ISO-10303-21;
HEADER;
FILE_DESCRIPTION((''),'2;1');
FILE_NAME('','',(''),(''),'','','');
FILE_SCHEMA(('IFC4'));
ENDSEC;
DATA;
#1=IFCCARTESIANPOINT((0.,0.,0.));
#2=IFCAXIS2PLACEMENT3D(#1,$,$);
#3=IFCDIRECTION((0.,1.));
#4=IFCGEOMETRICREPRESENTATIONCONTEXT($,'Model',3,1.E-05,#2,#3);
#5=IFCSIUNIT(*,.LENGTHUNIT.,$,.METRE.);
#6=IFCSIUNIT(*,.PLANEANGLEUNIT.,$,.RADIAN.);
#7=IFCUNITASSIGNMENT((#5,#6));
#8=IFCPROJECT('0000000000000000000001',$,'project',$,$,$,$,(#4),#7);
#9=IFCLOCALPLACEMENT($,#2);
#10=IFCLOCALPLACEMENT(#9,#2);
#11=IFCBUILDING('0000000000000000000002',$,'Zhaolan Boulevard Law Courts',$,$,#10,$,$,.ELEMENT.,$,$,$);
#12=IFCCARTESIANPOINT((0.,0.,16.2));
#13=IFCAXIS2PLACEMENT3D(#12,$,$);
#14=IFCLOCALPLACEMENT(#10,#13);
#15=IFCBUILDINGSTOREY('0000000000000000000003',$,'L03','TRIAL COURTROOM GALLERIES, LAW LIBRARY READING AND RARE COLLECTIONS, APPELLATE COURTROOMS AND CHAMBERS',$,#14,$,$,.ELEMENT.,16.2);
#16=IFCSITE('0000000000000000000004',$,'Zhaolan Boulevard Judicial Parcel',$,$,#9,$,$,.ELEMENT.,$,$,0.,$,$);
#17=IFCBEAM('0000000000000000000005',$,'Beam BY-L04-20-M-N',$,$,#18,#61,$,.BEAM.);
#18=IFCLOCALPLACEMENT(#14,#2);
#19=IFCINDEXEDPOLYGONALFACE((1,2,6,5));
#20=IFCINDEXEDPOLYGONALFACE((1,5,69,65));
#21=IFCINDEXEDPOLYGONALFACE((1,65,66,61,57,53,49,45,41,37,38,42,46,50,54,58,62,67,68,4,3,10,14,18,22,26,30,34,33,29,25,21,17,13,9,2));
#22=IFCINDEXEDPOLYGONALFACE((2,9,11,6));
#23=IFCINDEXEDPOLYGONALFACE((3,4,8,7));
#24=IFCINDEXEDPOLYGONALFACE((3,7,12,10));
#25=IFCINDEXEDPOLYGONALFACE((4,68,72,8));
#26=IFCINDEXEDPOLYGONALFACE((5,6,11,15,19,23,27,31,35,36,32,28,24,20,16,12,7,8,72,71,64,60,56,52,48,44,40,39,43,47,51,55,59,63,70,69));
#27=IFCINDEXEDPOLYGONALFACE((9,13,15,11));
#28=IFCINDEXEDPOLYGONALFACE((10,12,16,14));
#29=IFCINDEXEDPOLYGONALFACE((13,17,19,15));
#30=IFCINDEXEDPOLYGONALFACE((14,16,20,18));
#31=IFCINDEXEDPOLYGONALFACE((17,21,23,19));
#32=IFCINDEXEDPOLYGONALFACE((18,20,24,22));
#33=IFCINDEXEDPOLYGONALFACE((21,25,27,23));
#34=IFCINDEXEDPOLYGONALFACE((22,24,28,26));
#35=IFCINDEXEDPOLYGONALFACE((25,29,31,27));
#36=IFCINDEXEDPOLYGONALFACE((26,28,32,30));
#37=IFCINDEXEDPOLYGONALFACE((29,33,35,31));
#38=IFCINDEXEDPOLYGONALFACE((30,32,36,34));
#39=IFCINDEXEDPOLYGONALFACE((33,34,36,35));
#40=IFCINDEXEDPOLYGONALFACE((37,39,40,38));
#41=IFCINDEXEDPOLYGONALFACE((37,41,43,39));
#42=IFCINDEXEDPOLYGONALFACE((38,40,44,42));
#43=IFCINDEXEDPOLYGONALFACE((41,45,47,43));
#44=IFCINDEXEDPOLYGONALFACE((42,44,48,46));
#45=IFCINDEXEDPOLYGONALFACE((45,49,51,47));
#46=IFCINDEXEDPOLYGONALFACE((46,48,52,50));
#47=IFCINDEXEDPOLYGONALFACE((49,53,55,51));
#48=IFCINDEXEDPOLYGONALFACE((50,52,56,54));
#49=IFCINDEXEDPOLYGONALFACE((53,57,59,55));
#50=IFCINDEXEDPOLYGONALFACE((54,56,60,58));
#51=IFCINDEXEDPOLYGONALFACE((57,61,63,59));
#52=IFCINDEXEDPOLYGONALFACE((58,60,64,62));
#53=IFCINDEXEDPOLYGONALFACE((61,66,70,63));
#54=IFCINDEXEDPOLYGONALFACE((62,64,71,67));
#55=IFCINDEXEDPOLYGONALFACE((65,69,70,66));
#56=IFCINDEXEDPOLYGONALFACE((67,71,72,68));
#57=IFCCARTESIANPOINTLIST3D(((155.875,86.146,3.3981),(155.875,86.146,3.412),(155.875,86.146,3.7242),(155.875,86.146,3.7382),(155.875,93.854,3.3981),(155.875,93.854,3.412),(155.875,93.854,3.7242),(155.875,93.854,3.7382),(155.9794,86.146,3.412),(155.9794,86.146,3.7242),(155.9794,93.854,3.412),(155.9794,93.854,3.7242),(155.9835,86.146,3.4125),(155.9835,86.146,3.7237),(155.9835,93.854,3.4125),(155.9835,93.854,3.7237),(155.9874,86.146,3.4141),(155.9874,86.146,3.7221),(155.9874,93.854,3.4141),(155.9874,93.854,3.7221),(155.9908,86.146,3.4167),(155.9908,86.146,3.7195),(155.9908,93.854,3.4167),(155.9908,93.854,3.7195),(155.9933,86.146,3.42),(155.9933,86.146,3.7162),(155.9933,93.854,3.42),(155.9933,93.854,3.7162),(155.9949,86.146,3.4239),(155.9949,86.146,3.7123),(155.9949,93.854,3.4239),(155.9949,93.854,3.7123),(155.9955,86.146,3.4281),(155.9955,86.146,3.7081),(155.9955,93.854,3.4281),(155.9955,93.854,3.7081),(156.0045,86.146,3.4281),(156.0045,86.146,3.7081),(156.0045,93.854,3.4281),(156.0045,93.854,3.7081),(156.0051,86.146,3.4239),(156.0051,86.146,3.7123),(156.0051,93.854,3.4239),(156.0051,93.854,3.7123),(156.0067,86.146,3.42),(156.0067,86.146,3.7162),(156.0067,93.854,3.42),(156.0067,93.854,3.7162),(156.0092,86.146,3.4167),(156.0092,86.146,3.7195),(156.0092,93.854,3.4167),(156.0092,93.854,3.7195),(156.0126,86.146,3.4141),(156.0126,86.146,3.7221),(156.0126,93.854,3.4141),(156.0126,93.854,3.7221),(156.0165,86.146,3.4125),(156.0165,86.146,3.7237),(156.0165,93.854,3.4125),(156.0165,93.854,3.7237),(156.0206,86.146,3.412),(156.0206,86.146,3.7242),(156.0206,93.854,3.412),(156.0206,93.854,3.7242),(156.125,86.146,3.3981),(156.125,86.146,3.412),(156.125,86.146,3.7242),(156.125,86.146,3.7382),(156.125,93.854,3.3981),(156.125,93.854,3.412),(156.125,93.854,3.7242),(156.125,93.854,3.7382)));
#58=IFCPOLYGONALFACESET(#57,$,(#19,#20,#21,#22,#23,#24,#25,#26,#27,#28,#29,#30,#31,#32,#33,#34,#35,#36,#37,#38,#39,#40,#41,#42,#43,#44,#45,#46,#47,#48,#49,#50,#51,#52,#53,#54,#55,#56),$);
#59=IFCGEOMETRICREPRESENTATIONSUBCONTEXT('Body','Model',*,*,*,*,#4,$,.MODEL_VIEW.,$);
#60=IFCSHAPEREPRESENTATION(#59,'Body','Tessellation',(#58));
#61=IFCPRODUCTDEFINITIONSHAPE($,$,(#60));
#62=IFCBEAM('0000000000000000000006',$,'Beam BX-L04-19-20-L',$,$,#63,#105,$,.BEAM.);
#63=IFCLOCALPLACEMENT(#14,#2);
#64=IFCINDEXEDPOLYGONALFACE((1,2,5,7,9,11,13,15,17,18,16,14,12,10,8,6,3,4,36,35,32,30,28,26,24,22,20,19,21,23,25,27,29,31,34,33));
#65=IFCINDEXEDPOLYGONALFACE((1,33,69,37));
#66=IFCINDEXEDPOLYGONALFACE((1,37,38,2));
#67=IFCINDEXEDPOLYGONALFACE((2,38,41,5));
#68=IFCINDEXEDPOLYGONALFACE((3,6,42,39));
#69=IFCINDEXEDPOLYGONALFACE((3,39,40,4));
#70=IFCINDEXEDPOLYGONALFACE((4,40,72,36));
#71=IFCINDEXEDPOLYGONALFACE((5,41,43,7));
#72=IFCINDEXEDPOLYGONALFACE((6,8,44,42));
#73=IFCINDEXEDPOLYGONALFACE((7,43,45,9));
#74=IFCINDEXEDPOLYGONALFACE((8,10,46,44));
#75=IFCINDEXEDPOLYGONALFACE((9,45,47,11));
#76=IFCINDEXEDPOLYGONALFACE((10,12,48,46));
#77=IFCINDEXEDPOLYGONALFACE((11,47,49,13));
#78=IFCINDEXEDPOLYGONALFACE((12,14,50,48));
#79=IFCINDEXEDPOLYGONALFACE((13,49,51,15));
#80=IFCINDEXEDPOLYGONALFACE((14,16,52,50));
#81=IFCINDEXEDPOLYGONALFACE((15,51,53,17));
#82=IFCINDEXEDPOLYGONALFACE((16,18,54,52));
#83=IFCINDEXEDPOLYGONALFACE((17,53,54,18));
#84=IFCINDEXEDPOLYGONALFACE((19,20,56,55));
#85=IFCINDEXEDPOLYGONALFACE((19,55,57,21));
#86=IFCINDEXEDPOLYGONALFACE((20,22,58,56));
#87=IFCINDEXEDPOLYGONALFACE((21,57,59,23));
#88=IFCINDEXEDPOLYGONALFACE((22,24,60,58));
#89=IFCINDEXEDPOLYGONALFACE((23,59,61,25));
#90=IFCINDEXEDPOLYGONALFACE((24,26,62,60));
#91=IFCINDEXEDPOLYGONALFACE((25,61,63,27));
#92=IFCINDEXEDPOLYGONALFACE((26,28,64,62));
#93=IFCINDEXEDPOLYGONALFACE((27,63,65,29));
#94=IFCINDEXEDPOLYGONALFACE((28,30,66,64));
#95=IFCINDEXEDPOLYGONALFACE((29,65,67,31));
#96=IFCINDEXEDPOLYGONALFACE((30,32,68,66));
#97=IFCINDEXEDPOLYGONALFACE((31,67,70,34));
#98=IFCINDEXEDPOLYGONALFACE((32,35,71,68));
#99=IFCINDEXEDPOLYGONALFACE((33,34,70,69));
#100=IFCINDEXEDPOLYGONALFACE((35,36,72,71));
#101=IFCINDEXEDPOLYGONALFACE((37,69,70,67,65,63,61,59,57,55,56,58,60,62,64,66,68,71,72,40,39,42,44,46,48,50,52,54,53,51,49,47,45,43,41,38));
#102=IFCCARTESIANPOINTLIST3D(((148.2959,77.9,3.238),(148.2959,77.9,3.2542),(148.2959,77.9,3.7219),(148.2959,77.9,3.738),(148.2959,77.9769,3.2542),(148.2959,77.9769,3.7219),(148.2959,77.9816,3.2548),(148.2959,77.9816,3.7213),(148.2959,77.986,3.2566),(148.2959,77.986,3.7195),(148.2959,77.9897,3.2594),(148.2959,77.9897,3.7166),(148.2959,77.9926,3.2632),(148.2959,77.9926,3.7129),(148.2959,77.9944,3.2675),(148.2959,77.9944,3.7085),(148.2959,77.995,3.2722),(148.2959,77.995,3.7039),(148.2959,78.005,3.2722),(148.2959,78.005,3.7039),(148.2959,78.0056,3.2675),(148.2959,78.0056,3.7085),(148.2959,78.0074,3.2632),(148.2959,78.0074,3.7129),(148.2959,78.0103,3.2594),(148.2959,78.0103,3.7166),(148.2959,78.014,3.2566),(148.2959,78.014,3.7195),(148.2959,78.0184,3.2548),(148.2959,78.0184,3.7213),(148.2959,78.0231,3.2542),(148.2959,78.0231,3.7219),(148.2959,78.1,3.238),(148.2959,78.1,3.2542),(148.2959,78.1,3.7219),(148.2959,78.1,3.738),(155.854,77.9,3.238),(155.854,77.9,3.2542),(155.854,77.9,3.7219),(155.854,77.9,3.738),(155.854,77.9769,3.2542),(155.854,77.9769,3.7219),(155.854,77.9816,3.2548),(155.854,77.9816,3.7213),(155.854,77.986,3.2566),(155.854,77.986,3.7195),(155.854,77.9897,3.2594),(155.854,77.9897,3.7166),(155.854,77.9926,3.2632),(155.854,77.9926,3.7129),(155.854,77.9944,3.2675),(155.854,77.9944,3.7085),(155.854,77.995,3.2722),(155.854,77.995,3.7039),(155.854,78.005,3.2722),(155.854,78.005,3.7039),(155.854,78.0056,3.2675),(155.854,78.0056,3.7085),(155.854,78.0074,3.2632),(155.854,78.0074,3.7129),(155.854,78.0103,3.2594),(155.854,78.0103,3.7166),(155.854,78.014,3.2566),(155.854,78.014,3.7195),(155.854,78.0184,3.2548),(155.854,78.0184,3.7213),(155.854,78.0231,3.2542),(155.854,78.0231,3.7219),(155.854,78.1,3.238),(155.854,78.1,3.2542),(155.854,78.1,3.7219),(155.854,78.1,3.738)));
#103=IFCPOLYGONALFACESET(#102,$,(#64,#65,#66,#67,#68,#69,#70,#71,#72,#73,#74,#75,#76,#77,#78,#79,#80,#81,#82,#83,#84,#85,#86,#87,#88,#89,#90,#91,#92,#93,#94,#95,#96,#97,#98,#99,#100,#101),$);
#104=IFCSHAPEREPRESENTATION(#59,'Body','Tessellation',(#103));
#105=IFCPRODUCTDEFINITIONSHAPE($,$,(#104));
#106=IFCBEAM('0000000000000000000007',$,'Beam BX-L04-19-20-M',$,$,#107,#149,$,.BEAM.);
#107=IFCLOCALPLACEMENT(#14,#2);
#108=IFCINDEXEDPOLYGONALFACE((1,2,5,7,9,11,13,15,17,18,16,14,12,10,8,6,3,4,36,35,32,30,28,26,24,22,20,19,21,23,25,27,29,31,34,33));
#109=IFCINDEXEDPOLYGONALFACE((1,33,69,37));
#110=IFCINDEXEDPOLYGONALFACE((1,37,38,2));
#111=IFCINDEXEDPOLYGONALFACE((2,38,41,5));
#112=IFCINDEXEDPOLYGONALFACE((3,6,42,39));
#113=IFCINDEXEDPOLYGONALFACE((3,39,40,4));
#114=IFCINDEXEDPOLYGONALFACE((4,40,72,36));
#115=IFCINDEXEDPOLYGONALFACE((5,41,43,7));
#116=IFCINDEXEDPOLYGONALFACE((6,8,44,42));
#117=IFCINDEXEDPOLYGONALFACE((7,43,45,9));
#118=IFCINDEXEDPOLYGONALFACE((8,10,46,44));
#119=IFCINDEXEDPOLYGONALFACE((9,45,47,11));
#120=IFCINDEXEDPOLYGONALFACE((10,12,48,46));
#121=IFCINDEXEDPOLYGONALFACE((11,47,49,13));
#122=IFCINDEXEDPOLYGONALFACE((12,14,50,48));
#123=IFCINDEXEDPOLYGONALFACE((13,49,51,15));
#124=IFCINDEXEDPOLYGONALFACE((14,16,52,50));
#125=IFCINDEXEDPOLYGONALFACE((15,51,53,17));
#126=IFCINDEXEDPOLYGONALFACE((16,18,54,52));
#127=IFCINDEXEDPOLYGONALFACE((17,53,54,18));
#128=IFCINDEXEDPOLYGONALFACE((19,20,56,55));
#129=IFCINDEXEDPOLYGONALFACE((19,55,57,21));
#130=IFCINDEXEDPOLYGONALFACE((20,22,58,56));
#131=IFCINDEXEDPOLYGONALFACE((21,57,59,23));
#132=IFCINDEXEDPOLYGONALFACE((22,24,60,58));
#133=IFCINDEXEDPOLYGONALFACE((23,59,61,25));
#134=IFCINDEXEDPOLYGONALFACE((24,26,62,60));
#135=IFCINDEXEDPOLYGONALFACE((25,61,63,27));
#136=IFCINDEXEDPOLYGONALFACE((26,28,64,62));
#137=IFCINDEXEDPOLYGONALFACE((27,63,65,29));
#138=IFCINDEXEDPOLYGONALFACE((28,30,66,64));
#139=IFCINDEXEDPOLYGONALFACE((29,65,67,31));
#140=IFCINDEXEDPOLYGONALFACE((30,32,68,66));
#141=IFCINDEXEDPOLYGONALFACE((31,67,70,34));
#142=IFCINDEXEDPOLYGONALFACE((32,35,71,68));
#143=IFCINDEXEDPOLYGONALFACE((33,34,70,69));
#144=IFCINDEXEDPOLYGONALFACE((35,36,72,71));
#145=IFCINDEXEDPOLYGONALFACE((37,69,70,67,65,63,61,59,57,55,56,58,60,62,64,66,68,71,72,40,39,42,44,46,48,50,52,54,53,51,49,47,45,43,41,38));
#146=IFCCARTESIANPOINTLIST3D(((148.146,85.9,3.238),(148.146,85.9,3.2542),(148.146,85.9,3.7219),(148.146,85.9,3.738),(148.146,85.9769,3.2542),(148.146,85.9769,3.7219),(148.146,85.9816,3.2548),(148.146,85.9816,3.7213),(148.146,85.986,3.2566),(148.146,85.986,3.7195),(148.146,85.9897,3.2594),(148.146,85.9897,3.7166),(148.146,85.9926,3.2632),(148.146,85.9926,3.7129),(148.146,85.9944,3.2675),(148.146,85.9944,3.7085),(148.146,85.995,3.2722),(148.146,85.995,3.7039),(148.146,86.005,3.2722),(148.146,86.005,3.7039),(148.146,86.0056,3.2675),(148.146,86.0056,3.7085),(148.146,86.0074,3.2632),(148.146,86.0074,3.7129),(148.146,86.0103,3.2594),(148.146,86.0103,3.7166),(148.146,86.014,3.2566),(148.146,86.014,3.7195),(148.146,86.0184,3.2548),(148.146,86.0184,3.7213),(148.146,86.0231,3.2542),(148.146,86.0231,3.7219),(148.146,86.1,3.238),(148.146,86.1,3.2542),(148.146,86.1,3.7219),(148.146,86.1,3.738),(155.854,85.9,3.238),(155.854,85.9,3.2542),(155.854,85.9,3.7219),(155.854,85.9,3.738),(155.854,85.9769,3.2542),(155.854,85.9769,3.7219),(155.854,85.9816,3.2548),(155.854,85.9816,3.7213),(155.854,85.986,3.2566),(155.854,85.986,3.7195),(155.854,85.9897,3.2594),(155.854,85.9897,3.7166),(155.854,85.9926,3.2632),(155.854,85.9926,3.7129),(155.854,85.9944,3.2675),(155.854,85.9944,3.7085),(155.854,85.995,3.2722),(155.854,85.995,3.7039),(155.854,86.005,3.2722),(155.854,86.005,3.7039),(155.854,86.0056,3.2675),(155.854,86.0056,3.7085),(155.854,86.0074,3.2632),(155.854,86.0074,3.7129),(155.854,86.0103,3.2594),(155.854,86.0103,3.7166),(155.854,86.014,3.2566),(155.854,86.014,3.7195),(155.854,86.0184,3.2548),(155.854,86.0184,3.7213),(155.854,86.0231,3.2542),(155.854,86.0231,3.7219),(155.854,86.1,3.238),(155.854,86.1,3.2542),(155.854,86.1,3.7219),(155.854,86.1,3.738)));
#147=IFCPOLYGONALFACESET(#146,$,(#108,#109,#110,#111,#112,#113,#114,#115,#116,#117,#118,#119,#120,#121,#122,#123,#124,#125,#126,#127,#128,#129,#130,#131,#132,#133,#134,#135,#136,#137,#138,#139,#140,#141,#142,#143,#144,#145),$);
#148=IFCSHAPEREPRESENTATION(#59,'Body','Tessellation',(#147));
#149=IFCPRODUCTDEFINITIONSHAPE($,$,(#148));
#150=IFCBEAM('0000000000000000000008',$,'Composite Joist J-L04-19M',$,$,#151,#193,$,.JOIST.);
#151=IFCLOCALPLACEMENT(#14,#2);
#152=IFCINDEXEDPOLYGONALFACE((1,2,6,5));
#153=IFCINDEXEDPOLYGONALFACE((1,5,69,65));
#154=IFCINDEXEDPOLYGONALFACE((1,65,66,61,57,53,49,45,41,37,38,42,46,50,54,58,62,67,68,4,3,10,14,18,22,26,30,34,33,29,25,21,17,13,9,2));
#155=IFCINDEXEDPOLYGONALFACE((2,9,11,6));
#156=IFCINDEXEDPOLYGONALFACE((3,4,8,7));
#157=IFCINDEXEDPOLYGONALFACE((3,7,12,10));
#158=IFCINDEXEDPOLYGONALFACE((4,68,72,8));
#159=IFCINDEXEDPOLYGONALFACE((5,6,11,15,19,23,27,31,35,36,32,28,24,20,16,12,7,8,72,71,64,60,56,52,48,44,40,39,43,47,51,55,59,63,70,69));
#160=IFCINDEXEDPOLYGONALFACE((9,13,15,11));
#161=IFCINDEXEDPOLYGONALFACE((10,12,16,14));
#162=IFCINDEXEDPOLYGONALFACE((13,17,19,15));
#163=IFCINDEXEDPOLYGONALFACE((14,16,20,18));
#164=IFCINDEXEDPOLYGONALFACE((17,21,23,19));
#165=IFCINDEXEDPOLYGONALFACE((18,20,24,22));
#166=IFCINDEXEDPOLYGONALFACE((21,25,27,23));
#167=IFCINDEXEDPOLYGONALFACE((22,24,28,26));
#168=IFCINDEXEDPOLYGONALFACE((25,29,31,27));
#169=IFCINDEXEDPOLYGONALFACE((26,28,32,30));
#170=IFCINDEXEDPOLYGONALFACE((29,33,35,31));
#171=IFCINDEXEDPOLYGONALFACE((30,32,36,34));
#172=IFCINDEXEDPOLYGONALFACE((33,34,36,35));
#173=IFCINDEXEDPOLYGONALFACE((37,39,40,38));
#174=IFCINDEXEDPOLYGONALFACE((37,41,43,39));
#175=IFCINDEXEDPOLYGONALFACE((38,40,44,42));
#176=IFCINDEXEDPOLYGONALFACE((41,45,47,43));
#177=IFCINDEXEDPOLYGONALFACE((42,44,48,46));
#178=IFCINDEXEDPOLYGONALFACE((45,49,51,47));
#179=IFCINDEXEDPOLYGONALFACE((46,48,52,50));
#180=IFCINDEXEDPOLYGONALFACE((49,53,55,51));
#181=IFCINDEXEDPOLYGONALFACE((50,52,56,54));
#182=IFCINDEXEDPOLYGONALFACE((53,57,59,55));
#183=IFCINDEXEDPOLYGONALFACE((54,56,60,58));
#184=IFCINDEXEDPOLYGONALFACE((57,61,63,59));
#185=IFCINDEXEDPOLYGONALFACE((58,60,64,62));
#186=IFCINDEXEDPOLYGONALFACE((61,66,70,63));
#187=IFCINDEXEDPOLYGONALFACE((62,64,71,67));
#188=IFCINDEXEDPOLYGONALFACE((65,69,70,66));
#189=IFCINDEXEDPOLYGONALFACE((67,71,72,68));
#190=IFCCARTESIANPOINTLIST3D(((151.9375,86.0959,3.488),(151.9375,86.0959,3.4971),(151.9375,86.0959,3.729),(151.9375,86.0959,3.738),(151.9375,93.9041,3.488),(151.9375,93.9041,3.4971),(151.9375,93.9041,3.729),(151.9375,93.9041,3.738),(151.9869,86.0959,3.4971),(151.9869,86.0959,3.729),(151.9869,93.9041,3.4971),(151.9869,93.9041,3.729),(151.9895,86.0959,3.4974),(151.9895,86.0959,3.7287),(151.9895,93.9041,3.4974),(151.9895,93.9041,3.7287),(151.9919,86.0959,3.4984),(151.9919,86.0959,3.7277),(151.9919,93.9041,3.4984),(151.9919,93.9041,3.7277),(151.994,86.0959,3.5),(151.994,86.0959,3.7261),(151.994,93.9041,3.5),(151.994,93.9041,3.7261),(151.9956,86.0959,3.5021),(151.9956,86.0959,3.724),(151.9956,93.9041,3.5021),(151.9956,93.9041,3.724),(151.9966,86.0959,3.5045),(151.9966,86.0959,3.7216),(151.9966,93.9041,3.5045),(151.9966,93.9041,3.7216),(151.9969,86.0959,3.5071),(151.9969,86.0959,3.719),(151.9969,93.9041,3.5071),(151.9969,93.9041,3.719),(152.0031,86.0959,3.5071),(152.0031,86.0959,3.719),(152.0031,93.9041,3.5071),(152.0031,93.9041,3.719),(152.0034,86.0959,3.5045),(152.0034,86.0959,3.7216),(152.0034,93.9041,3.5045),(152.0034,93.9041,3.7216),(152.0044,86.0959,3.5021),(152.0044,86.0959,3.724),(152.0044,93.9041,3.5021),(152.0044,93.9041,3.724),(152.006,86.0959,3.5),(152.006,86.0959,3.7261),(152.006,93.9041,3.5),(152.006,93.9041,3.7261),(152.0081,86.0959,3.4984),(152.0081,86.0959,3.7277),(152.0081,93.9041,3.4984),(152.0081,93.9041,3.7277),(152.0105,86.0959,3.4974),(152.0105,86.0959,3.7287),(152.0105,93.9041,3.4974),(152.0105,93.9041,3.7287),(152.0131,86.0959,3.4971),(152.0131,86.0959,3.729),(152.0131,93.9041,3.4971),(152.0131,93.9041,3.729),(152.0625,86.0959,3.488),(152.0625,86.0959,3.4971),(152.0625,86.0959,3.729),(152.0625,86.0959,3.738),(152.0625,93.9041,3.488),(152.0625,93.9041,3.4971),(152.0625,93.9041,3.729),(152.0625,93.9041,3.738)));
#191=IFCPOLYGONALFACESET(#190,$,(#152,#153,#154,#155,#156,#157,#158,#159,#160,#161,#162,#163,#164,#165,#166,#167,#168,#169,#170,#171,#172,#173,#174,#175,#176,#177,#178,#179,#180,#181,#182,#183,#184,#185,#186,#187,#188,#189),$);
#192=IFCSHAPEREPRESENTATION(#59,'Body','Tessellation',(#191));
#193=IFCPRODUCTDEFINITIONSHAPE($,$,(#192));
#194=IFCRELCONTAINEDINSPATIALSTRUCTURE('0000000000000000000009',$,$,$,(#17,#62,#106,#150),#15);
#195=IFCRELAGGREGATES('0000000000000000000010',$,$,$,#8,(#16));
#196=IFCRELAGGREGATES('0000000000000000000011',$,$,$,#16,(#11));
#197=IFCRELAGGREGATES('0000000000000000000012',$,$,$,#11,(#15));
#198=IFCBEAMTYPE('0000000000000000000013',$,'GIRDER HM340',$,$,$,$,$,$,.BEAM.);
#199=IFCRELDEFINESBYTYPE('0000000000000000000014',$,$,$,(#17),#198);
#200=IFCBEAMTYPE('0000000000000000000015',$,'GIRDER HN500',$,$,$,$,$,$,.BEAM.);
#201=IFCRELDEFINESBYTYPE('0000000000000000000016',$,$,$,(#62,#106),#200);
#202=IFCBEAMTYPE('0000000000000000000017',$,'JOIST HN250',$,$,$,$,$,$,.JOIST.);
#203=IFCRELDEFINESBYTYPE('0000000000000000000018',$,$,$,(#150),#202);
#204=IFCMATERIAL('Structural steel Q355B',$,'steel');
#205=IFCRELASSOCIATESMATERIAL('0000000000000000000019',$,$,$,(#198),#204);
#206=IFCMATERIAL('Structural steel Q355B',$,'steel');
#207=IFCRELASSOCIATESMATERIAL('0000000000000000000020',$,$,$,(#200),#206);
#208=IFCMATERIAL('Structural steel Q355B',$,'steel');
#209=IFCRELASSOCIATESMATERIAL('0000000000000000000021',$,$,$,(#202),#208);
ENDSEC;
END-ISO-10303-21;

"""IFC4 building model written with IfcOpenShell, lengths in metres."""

from ifc_helpers import new_model, si_unit, direction, frame, origin, origin_2d, place, context, subcontext, project, spatial, i_section, extrude, material, material_profile, profile_set, type_object, element, save


model = new_model("IFC4")

# Units and contexts
model_context = context("Model", 3, precision=1e-05, world=origin(), true_north=direction((0.0, 1.0)))
body_context = subcontext(model_context, "Body", "Model", "MODEL_VIEW")
ifc_project = project(units=[si_unit("LENGTHUNIT", "METRE"), si_unit("PLANEANGLEUNIT", "RADIAN")], contexts=[model_context])

# Site, building, storey
site_placement = place(None, origin())
site = spatial("IfcSite", under=ifc_project, at=site_placement, Name="Zhaolan Boulevard Judicial Parcel", CompositionType="ELEMENT", RefElevation=0.0)
building_placement = place(site_placement, origin())
building = spatial("IfcBuilding", under=site, at=building_placement, Name="Zhaolan Boulevard Law Courts", CompositionType="ELEMENT")
storey_placement = place(building_placement, frame((0.0, 0.0, 16.2)))
storey = spatial("IfcBuildingStorey", under=building, at=storey_placement, Name="L03", Description="TRIAL COURTROOM GALLERIES, LAW LIBRARY READING AND RARE COLLECTIONS, APPELLATE COURTROOMS AND CHAMBERS", CompositionType="ELEMENT", Elevation=16.2)

# Beams
ifc_material_1 = material(Name="Structural steel Q355B", Category="steel")
ifc_material_profile_1 = material_profile(ifc_material_1, i_section(OverallWidth=0.25, OverallDepth=0.3401, WebThickness=0.009, FlangeThickness=0.0139, FilletRadius=0.0161, at=origin_2d()), Name="HM340x250")
ifc_profile_set_1 = profile_set([ifc_material_profile_1], Name="Structural steel Q355B")
beam_type_1 = type_object("IfcBeamType", Name="GIRDER HM340", PredefinedType="BEAM", material=ifc_profile_set_1)
for number, where, z_axis, x_axis, name in (
    (1, (156.0, 86.146, 3.5681), (0.0, 1.0, 0.0), (-1.0, 0.0, 0.0), "Beam BY-L04-20-M-N"),
):
    element("IfcBeam", number, at=place(storey_placement, frame(where, z_axis=z_axis, x_axis=x_axis)), inside=storey, type_object=beam_type_1, Name=name, PredefinedType="BEAM", context=body_context, shape_type="SweptSolid", body=[
        extrude(i_section(OverallWidth=0.25, OverallDepth=0.3401, WebThickness=0.009, FlangeThickness=0.0139, FilletRadius=0.0161, at=origin_2d()), origin(), (0.0, 0.0, 1.0), 7.708),
    ])
ifc_material_2 = material(Name="Structural steel Q355B", Category="steel")
ifc_material_profile_2 = material_profile(ifc_material_2, i_section(OverallWidth=0.2, OverallDepth=0.5, WebThickness=0.01, FlangeThickness=0.0161, FilletRadius=0.0181, at=origin_2d()), Name="HN500x200")
ifc_profile_set_2 = profile_set([ifc_material_profile_2], Name="Structural steel Q355B")
beam_type_2 = type_object("IfcBeamType", Name="GIRDER HN500", PredefinedType="BEAM", material=ifc_profile_set_2)
beam_1_placement = place(storey_placement, frame((148.2959, 78.0, 3.488), z_axis=(1.0, 0.0, 0.0), x_axis=(0.0, 1.0, 0.0)))
element("IfcBeam", 2, at=beam_1_placement, inside=storey, type_object=beam_type_2, Name="Beam BX-L04-19-20-L", PredefinedType="BEAM", context=body_context, shape_type="SweptSolid", body=[
    extrude(i_section(OverallWidth=0.2, OverallDepth=0.5, WebThickness=0.01, FlangeThickness=0.0161, FilletRadius=0.0181, at=origin_2d()), origin(), (0.0, 0.0, 1.0), 7.5581),
])
beam_2_placement = place(storey_placement, frame((148.146, 86.0, 3.488), z_axis=(1.0, 0.0, 0.0), x_axis=(0.0, 1.0, 0.0)))
element("IfcBeam", 3, at=beam_2_placement, inside=storey, type_object=beam_type_2, Name="Beam BX-L04-19-20-M", PredefinedType="BEAM", context=body_context, shape_type="SweptSolid", body=[
    extrude(i_section(OverallWidth=0.2, OverallDepth=0.5, WebThickness=0.01, FlangeThickness=0.0161, FilletRadius=0.0181, at=origin_2d()), origin(), (0.0, 0.0, 1.0), 7.708),
])
ifc_material_3 = material(Name="Structural steel Q355B", Category="steel")
ifc_material_profile_3 = material_profile(ifc_material_3, i_section(OverallWidth=0.125, OverallDepth=0.25, WebThickness=0.0061, FlangeThickness=0.009, FilletRadius=0.01, at=origin_2d()), Name="HN250x125")
ifc_profile_set_3 = profile_set([ifc_material_profile_3], Name="Structural steel Q355B")
beam_type_3 = type_object("IfcBeamType", Name="JOIST HN250", PredefinedType="JOIST", material=ifc_profile_set_3)
beam_3_placement = place(storey_placement, frame((152.0, 86.0959, 3.613), z_axis=(0.0, 1.0, 0.0), x_axis=(-1.0, 0.0, 0.0)))
element("IfcBeam", 4, at=beam_3_placement, inside=storey, type_object=beam_type_3, Name="Composite Joist J-L04-19M", PredefinedType="JOIST", context=body_context, shape_type="SweptSolid", body=[
    extrude(i_section(OverallWidth=0.125, OverallDepth=0.25, WebThickness=0.0061, FlangeThickness=0.009, FilletRadius=0.01, at=origin_2d()), origin(), (0.0, 0.0, 1.0), 7.8081),
])

save(model, "model.ifc")
